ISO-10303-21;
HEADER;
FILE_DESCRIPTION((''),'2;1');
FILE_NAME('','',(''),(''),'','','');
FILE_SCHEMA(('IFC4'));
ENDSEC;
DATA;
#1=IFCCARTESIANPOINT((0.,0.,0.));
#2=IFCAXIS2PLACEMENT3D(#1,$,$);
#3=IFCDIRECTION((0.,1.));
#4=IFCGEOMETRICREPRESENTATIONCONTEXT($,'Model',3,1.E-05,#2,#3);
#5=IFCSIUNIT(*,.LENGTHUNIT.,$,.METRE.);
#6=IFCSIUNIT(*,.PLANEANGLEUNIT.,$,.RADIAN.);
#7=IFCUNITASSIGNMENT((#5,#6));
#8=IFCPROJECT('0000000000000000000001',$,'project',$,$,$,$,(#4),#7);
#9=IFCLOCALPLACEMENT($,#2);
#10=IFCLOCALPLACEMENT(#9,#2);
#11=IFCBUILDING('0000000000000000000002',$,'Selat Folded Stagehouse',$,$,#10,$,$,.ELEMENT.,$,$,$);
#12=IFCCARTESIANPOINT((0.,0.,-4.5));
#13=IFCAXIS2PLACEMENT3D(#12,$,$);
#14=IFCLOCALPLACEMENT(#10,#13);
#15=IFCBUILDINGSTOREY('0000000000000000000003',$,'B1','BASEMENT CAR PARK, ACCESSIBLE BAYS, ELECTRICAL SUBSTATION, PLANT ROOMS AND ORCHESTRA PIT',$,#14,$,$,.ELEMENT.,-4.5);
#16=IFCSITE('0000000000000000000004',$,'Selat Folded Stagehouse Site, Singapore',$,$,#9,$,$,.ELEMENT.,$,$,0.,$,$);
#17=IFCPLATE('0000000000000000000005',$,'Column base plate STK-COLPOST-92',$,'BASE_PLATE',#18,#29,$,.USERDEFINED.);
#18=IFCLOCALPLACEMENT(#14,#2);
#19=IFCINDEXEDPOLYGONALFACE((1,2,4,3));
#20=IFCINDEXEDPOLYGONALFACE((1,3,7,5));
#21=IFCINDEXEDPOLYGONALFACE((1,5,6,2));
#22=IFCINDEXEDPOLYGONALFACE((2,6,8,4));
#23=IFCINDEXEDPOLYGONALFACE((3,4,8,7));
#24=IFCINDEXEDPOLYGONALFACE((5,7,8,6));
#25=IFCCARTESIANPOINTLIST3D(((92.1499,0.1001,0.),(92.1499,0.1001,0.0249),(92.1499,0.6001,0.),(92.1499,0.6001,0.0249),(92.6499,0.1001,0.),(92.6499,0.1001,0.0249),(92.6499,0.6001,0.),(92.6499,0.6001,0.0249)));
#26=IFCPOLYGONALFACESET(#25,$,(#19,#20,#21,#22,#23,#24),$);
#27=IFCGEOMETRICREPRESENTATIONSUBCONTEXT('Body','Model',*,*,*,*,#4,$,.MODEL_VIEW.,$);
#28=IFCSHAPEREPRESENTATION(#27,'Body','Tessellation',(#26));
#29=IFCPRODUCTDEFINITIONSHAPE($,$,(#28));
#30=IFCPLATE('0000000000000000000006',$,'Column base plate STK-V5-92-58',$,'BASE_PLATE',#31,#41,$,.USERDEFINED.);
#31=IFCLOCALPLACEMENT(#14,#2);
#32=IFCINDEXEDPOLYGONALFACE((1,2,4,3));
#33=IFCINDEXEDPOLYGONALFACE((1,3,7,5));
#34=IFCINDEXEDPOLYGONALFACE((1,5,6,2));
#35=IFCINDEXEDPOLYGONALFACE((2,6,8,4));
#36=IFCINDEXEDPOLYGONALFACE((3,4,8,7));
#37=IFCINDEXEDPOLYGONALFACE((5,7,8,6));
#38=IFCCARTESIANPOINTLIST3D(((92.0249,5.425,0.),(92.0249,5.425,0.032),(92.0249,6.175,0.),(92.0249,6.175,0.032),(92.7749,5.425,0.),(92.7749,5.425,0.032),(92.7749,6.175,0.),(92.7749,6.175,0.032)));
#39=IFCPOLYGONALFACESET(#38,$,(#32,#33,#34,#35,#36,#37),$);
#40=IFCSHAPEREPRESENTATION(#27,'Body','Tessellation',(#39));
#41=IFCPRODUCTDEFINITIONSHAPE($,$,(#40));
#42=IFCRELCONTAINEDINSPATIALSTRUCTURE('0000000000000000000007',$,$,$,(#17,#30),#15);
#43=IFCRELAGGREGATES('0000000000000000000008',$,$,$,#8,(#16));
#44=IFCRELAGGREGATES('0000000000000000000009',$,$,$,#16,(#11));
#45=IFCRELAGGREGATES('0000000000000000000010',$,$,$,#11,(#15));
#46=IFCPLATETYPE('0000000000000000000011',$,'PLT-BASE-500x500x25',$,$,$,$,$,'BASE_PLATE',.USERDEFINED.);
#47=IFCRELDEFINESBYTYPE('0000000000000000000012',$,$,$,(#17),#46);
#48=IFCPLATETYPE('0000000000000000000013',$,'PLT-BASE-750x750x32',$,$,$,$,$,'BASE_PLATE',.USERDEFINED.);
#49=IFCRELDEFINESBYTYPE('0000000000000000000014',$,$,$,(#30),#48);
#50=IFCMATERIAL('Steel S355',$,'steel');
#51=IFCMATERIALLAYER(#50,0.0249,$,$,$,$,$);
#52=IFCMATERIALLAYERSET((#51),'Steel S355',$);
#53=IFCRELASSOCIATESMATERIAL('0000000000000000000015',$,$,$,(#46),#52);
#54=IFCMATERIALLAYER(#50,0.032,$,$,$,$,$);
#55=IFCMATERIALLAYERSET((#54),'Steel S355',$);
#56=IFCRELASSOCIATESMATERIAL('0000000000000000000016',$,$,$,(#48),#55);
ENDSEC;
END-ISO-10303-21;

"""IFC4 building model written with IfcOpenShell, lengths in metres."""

from ifc_helpers import new_model, si_unit, direction, frame, origin, origin_2d, place, context, subcontext, project, spatial, rectangle, extrude, material, layer, layer_set, type_object, element, save


model = new_model("IFC4")

# Units and contexts
model_context = context("Model", 3, precision=1e-05, world=origin(), true_north=direction((0.0, 1.0)))
body_context = subcontext(model_context, "Body", "Model", "MODEL_VIEW")
ifc_project = project(units=[si_unit("LENGTHUNIT", "METRE"), si_unit("PLANEANGLEUNIT", "RADIAN")], contexts=[model_context])

# Site, building, storey
site_placement = place(None, origin())
site = spatial("IfcSite", under=ifc_project, at=site_placement, Name="Selat Folded Stagehouse Site, Singapore", CompositionType="ELEMENT", RefElevation=0.0)
building_placement = place(site_placement, origin())
building = spatial("IfcBuilding", under=site, at=building_placement, Name="Selat Folded Stagehouse", CompositionType="ELEMENT")
storey_placement = place(building_placement, frame((0.0, 0.0, -4.5)))
storey = spatial("IfcBuildingStorey", under=building, at=storey_placement, Name="B1", Description="BASEMENT CAR PARK, ACCESSIBLE BAYS, ELECTRICAL SUBSTATION, PLANT ROOMS AND ORCHESTRA PIT", CompositionType="ELEMENT", Elevation=-4.5)

# Shared definitions
ifc_material_1 = material(Name="Steel S355", Category="steel")

# Plates
ifc_layer_1 = layer(ifc_material_1, 0.0249)
ifc_layer_set_1 = layer_set([ifc_layer_1], Name="Steel S355")
plate_type_1 = type_object("IfcPlateType", Name="PLT-BASE-500x500x25", ElementType="BASE_PLATE", PredefinedType="USERDEFINED", material=ifc_layer_set_1)
plate_1_placement = place(storey_placement, frame((92.3999, 0.3501, 0.0), z_axis=(0.0, 0.0, 1.0), x_axis=(1.0, 0.0, 0.0)))
element("IfcPlate", 1, at=plate_1_placement, inside=storey, type_object=plate_type_1, Name="Column base plate STK-COLPOST-92", ObjectType="BASE_PLATE", PredefinedType="USERDEFINED", context=body_context, shape_type="SweptSolid", body=[
    extrude(rectangle(XDim=0.5, YDim=0.5, at=origin_2d()), origin(), (0.0, 0.0, 1.0), 0.0249),
])
ifc_layer_2 = layer(ifc_material_1, 0.032)
ifc_layer_set_2 = layer_set([ifc_layer_2], Name="Steel S355")
plate_type_2 = type_object("IfcPlateType", Name="PLT-BASE-750x750x32", ElementType="BASE_PLATE", PredefinedType="USERDEFINED", material=ifc_layer_set_2)
plate_2_placement = place(storey_placement, frame((92.3999, 5.8, 0.0), z_axis=(0.0, 0.0, 1.0), x_axis=(1.0, 0.0, 0.0)))
element("IfcPlate", 2, at=plate_2_placement, inside=storey, type_object=plate_type_2, Name="Column base plate STK-V5-92-58", ObjectType="BASE_PLATE", PredefinedType="USERDEFINED", context=body_context, shape_type="SweptSolid", body=[
    extrude(rectangle(XDim=0.75, YDim=0.75, at=origin_2d()), origin(), (0.0, 0.0, 1.0), 0.032),
])

save(model, "model.ifc")
